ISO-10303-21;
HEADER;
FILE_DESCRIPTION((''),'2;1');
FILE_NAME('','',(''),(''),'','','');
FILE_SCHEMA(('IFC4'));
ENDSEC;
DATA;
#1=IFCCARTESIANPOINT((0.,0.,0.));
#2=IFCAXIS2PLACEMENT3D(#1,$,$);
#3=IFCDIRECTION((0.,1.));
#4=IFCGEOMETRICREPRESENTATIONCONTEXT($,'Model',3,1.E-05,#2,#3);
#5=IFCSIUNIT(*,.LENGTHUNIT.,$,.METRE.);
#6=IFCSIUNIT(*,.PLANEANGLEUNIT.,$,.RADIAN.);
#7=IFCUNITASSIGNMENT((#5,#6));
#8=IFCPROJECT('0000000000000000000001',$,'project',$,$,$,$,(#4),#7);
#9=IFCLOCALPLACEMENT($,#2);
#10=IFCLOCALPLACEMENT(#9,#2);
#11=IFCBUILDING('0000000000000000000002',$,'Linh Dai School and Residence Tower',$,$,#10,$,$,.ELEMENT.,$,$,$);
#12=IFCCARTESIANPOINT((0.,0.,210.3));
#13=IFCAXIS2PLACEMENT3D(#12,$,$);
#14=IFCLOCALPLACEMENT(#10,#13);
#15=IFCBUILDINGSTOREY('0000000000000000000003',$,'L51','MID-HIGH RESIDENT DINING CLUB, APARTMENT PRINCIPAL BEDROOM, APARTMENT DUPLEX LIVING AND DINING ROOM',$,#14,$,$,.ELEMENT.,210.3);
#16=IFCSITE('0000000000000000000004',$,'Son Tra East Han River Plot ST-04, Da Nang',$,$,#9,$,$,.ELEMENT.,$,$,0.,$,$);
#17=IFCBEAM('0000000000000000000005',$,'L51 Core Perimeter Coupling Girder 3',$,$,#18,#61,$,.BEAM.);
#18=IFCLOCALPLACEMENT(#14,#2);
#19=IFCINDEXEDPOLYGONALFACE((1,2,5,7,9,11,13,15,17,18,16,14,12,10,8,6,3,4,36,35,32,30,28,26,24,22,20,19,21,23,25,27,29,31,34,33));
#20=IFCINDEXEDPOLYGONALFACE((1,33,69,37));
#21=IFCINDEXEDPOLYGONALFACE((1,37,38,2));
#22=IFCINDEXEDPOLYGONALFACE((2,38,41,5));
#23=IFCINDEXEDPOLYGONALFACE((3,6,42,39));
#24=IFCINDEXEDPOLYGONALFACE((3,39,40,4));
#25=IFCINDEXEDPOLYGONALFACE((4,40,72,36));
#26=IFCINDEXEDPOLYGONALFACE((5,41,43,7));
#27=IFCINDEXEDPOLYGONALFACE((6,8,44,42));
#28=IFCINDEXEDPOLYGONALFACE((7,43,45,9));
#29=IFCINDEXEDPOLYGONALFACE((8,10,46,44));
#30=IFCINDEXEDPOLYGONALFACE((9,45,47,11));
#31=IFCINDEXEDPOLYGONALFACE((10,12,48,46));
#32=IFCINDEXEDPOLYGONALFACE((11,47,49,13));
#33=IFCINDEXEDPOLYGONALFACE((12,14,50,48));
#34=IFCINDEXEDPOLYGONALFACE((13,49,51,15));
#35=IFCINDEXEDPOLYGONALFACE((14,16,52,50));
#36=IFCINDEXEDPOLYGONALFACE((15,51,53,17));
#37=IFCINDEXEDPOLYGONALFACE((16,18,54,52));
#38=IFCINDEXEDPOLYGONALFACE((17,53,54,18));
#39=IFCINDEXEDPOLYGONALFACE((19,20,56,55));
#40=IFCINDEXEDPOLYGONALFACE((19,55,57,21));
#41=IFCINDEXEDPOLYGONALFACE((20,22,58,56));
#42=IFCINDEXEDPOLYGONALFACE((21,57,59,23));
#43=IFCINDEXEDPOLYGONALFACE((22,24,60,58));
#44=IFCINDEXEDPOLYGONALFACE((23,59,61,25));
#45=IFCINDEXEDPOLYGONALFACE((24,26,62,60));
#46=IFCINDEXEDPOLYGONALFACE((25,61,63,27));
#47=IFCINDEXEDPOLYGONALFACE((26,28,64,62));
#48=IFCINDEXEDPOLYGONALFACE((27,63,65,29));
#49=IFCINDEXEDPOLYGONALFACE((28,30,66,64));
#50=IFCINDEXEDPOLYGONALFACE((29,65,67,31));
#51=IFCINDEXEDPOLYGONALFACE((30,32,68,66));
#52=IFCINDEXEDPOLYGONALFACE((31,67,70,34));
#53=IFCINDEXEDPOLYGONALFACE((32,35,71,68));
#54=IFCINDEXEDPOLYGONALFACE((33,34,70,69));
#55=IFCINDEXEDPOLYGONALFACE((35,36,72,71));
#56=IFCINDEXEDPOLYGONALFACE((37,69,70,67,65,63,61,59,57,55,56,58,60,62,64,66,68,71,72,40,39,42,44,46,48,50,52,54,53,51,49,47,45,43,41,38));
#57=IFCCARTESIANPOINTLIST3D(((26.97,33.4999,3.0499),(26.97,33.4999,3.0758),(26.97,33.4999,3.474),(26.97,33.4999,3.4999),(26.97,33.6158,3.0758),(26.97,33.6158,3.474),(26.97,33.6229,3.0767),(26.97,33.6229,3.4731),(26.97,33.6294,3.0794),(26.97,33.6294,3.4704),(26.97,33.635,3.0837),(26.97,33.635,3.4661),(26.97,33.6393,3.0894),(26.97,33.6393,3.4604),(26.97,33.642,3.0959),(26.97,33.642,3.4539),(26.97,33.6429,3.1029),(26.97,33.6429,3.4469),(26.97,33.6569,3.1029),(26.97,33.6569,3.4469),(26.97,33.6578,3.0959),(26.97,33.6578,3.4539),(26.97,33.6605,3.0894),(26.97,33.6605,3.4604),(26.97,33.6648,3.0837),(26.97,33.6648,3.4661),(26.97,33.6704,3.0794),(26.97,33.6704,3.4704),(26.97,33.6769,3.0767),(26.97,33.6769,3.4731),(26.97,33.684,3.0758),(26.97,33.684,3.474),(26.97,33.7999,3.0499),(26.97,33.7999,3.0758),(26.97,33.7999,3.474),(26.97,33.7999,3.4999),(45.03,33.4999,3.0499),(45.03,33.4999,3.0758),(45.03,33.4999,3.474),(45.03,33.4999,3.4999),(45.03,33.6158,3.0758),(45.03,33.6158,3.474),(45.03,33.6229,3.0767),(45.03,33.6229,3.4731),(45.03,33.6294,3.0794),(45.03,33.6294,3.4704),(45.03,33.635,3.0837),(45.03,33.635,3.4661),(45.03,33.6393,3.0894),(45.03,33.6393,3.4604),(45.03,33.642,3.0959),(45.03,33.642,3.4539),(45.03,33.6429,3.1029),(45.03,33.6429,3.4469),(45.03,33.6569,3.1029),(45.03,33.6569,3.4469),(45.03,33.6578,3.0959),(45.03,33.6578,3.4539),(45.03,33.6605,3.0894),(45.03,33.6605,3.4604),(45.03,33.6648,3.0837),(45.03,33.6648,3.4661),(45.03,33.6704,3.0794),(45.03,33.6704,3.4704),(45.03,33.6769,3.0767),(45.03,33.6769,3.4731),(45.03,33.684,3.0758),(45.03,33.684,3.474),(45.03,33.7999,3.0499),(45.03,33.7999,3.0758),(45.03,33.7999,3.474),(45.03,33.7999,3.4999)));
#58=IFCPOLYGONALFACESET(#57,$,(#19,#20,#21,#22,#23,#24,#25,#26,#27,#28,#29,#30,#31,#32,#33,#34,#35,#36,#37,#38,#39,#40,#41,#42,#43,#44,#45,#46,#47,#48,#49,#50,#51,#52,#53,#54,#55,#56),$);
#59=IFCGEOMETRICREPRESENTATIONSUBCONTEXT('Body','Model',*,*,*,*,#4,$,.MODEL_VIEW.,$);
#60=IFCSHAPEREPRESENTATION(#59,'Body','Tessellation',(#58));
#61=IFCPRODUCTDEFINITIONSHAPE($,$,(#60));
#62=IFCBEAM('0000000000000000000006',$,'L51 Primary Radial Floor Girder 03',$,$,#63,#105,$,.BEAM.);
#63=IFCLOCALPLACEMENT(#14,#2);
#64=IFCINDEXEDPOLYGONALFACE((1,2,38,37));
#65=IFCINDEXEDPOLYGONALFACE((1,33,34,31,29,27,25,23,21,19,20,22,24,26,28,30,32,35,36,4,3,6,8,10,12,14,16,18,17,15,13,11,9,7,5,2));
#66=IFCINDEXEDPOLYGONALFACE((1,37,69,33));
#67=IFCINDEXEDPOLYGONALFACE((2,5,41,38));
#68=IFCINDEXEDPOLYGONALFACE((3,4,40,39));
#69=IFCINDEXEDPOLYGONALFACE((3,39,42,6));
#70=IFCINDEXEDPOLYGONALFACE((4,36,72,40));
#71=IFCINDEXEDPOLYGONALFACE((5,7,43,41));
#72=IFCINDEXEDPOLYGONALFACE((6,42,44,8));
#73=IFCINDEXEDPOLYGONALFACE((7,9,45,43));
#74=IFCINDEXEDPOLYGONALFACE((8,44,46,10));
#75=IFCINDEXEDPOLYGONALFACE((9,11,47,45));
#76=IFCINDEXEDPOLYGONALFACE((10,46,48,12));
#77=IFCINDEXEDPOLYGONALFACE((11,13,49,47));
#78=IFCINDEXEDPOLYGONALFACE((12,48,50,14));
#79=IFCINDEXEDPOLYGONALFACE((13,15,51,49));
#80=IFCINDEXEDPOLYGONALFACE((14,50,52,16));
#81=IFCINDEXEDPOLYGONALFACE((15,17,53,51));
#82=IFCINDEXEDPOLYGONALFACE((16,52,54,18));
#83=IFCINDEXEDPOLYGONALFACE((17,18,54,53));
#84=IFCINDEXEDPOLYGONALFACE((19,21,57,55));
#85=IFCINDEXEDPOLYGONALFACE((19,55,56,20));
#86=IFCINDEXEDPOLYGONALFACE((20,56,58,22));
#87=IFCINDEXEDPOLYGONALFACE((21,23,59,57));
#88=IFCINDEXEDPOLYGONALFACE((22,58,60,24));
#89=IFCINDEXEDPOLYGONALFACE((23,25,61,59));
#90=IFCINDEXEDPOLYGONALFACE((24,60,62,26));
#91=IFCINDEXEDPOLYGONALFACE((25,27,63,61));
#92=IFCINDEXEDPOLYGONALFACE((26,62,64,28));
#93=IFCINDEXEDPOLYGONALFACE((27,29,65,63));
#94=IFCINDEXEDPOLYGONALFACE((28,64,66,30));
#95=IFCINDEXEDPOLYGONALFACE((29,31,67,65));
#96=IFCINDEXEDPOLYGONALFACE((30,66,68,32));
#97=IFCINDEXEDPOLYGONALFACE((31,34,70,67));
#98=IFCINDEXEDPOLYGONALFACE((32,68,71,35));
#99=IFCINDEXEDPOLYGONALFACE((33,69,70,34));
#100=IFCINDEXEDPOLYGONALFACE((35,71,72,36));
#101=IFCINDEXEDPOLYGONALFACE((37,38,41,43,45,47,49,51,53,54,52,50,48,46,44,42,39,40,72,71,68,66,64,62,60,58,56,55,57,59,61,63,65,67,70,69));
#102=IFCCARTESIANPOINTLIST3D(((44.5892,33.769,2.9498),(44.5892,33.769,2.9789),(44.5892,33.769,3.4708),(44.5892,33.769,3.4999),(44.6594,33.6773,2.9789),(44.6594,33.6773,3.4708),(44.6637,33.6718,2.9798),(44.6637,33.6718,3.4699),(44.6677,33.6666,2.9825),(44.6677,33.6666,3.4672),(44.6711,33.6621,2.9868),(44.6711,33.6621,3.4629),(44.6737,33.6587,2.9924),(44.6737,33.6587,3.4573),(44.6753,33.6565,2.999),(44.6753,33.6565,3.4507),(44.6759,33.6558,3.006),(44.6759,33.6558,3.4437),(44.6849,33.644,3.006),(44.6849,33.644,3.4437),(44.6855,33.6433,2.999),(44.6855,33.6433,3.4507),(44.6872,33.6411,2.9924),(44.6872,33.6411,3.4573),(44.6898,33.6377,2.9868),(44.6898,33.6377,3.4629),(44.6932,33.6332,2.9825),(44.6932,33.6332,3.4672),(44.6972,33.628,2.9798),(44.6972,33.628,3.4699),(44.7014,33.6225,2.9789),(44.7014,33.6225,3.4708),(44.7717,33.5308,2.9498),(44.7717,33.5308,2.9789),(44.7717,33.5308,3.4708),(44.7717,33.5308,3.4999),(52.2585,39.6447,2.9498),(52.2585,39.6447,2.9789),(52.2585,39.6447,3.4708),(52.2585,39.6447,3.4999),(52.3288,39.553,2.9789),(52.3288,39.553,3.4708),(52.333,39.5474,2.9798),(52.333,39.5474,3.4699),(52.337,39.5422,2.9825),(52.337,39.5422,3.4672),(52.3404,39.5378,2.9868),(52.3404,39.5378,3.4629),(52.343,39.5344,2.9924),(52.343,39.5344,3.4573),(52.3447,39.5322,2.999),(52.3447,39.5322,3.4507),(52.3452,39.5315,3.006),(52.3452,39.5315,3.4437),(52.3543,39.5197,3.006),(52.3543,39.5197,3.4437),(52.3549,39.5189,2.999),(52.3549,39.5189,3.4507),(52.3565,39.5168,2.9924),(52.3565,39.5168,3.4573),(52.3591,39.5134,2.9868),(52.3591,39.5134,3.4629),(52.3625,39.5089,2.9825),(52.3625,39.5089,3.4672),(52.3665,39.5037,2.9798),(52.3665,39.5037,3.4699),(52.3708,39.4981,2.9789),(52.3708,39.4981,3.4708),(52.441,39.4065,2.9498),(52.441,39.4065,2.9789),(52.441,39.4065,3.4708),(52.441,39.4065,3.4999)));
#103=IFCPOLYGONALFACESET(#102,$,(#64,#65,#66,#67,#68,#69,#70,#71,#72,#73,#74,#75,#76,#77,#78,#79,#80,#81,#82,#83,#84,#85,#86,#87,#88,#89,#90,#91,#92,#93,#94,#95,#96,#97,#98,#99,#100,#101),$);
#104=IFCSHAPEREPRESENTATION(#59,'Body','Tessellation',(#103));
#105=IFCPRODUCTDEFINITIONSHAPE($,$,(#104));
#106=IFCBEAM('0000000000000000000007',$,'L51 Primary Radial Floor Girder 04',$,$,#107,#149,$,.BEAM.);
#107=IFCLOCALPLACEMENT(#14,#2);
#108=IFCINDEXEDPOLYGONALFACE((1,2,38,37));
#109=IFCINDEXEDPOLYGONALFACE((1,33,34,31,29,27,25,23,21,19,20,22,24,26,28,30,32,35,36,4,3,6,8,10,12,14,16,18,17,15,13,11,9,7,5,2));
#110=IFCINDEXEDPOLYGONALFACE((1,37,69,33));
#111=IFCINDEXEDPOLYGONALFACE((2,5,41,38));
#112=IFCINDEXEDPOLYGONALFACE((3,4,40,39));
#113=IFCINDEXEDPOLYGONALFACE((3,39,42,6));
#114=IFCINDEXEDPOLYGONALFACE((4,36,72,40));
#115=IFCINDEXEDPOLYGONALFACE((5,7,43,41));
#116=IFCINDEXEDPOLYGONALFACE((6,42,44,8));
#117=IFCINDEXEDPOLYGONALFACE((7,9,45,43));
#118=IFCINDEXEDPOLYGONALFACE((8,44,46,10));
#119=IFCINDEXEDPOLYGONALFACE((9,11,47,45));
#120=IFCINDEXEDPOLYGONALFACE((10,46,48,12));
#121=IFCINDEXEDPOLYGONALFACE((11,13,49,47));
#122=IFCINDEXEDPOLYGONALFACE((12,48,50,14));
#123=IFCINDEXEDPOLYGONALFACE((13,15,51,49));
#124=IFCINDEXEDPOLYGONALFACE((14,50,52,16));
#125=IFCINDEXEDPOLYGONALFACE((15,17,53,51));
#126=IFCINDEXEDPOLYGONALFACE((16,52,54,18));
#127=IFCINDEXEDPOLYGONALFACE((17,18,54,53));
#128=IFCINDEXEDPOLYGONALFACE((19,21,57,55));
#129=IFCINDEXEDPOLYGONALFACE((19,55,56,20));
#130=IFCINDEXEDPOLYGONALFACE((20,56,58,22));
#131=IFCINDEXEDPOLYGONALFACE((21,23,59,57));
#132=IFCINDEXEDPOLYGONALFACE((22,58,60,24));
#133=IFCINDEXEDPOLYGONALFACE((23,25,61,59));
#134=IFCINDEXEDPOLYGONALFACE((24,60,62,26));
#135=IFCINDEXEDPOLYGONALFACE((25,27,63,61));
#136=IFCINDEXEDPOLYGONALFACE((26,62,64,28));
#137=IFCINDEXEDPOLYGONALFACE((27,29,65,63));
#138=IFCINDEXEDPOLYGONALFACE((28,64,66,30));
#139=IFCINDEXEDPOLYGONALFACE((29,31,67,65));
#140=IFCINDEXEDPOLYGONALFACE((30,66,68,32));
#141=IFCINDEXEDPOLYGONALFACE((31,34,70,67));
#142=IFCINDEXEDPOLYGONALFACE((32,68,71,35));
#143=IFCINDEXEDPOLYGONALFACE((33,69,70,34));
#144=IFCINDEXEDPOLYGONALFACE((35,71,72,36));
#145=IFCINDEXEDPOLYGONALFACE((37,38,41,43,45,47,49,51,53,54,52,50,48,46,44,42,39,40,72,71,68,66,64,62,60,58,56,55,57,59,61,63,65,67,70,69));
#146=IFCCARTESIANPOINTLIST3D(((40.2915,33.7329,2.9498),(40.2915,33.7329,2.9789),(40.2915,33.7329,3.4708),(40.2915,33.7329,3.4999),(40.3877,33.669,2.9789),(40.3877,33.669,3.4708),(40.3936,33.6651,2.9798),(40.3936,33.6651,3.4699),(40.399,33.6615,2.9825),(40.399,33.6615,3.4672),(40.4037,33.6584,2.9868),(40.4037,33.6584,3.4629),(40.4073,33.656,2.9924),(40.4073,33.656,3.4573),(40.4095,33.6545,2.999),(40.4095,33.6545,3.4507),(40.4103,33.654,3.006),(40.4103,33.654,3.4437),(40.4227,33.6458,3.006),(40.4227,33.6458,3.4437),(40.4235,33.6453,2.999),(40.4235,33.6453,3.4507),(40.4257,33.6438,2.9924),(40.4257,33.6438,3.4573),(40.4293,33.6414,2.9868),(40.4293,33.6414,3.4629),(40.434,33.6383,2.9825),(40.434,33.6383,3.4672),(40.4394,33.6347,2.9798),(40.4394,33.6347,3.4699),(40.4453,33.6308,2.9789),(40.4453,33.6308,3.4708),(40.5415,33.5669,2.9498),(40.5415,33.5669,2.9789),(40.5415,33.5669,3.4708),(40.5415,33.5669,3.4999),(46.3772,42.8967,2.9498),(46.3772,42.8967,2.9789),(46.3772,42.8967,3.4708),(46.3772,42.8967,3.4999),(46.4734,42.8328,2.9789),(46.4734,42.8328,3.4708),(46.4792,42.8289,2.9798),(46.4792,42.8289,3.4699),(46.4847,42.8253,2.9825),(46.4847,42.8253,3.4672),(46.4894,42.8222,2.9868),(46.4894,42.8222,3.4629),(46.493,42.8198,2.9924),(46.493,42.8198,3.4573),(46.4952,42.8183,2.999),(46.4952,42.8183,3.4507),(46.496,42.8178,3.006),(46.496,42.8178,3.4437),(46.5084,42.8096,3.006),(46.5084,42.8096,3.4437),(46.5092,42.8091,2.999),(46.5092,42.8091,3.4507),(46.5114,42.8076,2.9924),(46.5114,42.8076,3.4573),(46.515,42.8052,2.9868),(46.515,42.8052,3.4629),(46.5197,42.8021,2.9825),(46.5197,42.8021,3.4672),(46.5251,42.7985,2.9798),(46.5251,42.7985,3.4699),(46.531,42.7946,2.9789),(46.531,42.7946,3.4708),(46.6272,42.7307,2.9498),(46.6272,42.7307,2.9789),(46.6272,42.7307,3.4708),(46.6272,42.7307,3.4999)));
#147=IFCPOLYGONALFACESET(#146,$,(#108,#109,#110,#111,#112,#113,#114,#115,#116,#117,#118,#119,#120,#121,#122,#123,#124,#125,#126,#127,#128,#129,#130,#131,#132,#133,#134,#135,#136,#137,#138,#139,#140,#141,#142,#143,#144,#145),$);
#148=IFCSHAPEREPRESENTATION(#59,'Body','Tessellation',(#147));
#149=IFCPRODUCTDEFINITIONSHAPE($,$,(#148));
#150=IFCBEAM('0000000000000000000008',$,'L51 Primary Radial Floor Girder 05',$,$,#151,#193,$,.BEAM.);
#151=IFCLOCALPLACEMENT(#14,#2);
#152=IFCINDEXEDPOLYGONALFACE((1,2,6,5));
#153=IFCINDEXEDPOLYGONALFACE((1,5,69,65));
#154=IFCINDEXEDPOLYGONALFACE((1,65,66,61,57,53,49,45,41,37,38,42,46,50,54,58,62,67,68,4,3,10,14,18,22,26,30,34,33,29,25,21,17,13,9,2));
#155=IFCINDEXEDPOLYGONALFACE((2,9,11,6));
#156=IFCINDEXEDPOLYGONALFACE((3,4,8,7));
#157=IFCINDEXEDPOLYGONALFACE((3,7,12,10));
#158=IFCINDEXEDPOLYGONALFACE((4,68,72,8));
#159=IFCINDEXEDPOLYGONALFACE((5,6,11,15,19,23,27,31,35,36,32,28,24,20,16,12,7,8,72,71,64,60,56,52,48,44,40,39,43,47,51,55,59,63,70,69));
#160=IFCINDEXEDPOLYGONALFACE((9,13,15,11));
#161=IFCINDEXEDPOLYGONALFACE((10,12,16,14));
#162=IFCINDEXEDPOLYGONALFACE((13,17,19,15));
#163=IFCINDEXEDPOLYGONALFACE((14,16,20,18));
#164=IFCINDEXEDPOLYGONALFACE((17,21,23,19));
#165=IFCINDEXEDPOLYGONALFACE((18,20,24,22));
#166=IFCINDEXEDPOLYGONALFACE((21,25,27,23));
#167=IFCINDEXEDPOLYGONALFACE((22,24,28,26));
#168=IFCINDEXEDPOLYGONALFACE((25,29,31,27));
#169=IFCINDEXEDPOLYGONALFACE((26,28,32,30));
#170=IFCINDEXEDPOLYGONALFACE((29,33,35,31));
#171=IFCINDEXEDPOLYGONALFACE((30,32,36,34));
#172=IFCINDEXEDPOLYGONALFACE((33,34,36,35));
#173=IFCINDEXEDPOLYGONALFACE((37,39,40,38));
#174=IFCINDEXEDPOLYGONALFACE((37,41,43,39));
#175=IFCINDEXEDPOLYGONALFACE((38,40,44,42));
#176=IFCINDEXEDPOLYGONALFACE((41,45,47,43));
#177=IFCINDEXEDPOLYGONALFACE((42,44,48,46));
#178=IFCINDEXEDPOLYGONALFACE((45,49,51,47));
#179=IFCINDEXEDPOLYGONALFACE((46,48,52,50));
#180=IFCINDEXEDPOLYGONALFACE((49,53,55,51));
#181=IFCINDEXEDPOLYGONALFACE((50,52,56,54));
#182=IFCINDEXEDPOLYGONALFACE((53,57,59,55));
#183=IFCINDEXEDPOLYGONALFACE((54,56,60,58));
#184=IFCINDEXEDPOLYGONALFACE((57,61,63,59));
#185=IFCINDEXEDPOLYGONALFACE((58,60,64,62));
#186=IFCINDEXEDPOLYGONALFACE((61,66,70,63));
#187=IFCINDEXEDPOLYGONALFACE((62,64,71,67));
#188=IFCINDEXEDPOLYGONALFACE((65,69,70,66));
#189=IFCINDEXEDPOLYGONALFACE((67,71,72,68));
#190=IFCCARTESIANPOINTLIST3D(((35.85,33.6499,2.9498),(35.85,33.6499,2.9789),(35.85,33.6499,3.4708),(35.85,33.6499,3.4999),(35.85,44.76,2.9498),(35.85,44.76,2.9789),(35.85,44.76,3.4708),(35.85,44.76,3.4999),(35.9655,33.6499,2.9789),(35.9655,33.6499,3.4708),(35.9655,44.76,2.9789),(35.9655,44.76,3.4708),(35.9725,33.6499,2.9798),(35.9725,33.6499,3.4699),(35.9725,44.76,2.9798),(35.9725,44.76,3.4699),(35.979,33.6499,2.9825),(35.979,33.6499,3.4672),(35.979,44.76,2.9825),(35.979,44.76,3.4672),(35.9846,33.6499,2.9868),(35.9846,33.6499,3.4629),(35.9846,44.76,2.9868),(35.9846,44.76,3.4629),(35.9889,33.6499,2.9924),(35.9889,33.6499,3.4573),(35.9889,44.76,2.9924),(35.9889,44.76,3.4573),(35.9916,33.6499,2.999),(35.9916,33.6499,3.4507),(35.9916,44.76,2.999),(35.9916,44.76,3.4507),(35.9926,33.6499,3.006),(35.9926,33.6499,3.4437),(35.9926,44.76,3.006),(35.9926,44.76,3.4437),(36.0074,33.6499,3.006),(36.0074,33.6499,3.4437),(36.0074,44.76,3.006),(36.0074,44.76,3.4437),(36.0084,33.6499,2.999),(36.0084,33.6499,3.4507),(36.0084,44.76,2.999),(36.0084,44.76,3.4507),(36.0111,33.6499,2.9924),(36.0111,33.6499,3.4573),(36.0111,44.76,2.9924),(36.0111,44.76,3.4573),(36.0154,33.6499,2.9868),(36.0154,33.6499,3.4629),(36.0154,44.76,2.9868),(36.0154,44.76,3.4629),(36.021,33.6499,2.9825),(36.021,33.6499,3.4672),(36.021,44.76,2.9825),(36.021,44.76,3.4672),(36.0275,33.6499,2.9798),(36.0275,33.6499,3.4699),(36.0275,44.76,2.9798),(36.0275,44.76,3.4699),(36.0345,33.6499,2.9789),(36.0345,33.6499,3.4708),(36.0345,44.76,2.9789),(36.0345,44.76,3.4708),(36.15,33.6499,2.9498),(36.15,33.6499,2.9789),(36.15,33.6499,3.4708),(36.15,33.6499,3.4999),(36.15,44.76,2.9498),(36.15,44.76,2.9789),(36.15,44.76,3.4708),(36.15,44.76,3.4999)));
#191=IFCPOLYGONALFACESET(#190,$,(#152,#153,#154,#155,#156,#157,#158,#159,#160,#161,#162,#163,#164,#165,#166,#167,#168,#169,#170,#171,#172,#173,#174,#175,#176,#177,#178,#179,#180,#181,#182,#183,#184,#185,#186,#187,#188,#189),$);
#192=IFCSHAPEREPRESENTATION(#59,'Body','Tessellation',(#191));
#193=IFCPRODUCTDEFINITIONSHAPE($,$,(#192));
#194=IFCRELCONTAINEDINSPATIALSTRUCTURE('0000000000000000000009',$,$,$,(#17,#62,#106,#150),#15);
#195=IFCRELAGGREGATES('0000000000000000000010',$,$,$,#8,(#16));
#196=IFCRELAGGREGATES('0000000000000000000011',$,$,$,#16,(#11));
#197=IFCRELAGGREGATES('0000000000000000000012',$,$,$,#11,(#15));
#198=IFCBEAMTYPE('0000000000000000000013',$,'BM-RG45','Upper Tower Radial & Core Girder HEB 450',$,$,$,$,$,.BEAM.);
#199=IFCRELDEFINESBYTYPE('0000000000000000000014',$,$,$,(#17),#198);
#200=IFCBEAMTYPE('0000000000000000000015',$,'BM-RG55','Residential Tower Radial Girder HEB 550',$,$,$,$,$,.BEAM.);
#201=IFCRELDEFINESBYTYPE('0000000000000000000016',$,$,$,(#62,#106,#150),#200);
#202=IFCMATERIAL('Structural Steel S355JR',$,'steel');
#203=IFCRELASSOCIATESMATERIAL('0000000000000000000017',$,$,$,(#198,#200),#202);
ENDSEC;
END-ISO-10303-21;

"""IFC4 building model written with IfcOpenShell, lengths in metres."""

from ifc_helpers import new_model, si_unit, direction, frame, origin, origin_2d, place, context, subcontext, project, spatial, i_section, extrude, material, material_profile, profile_set, type_object, element, save


model = new_model("IFC4")

# Units and contexts
model_context = context("Model", 3, precision=1e-05, world=origin(), true_north=direction((0.0, 1.0)))
body_context = subcontext(model_context, "Body", "Model", "MODEL_VIEW")
ifc_project = project(units=[si_unit("LENGTHUNIT", "METRE"), si_unit("PLANEANGLEUNIT", "RADIAN")], contexts=[model_context])

# Site, building, storey
site_placement = place(None, origin())
site = spatial("IfcSite", under=ifc_project, at=site_placement, Name="Son Tra East Han River Plot ST-04, Da Nang", CompositionType="ELEMENT", RefElevation=0.0)
building_placement = place(site_placement, origin())
building = spatial("IfcBuilding", under=site, at=building_placement, Name="Linh Dai School and Residence Tower", CompositionType="ELEMENT")
storey_placement = place(building_placement, frame((0.0, 0.0, 210.3)))
storey = spatial("IfcBuildingStorey", under=building, at=storey_placement, Name="L51", Description="MID-HIGH RESIDENT DINING CLUB, APARTMENT PRINCIPAL BEDROOM, APARTMENT DUPLEX LIVING AND DINING ROOM", CompositionType="ELEMENT", Elevation=210.3)

# Shared definitions
ifc_material_1 = material(Name="Structural Steel S355JR", Category="steel")

# Beams
ifc_material_profile_1 = material_profile(ifc_material_1, i_section(OverallWidth=0.3, OverallDepth=0.45, WebThickness=0.0139, FlangeThickness=0.0259, FilletRadius=0.0271, at=origin_2d()), Name="HEB 450")
ifc_profile_set_1 = profile_set([ifc_material_profile_1], Name="Structural Steel S355JR")
beam_type_1 = type_object("IfcBeamType", Name="BM-RG45", Description="Upper Tower Radial & Core Girder HEB 450", PredefinedType="BEAM", material=ifc_profile_set_1)
beam_1_placement = place(storey_placement, frame((45.03, 33.6499, 3.2749), z_axis=(-1.0, 0.0, 0.0), x_axis=(0.0, -1.0, 0.0)))
element("IfcBeam", 1, at=beam_1_placement, inside=storey, type_object=beam_type_1, Name="L51 Core Perimeter Coupling Girder 3", PredefinedType="BEAM", context=body_context, shape_type="SweptSolid", body=[
    extrude(i_section(OverallWidth=0.3, OverallDepth=0.45, WebThickness=0.0139, FlangeThickness=0.0259, FilletRadius=0.0271, at=origin_2d()), origin(), (0.0, 0.0, 1.0), 18.0601),
])
ifc_material_profile_2 = material_profile(ifc_material_1, i_section(OverallWidth=0.3, OverallDepth=0.55, WebThickness=0.0149, FlangeThickness=0.0291, FilletRadius=0.0271, at=origin_2d()), Name="HEB 550")
ifc_profile_set_2 = profile_set([ifc_material_profile_2], Name="Structural Steel S355JR")
beam_type_2 = type_object("IfcBeamType", Name="BM-RG55", Description="Residential Tower Radial Girder HEB 550", PredefinedType="BEAM", material=ifc_profile_set_2)
beam_2_placement = place(storey_placement, frame((44.6804, 33.6499, 3.2249), z_axis=(0.793815, 0.60816, 0.0), x_axis=(-0.60816, 0.793815, 0.0)))
element("IfcBeam", 2, at=beam_2_placement, inside=storey, type_object=beam_type_2, Name="L51 Primary Radial Floor Girder 03", PredefinedType="BEAM", context=body_context, shape_type="SweptSolid", body=[
    extrude(i_section(OverallWidth=0.3, OverallDepth=0.55, WebThickness=0.0149, FlangeThickness=0.0291, FilletRadius=0.0271, at=origin_2d()), origin(), (0.0, 0.0, 1.0), 9.6614),
])
beam_3_placement = place(storey_placement, frame((40.4165, 33.6499, 3.2249), z_axis=(0.553219, 0.833036, 0.0), x_axis=(-0.833036, 0.553219, 0.0)))
element("IfcBeam", 3, at=beam_3_placement, inside=storey, type_object=beam_type_2, Name="L51 Primary Radial Floor Girder 04", PredefinedType="BEAM", context=body_context, shape_type="SweptSolid", body=[
    extrude(i_section(OverallWidth=0.3, OverallDepth=0.55, WebThickness=0.0149, FlangeThickness=0.0291, FilletRadius=0.0271, at=origin_2d()), origin(), (0.0, 0.0, 1.0), 11.0005),
])
beam_4_placement = place(storey_placement, frame((36.0, 33.6499, 3.2249), z_axis=(0.0, 1.0, 0.0), x_axis=(-1.0, 0.0, 0.0)))
element("IfcBeam", 4, at=beam_4_placement, inside=storey, type_object=beam_type_2, Name="L51 Primary Radial Floor Girder 05", PredefinedType="BEAM", context=body_context, shape_type="SweptSolid", body=[
    extrude(i_section(OverallWidth=0.3, OverallDepth=0.55, WebThickness=0.0149, FlangeThickness=0.0291, FilletRadius=0.0271, at=origin_2d()), origin(), (0.0, 0.0, 1.0), 11.1101),
])

save(model, "model.ifc")
